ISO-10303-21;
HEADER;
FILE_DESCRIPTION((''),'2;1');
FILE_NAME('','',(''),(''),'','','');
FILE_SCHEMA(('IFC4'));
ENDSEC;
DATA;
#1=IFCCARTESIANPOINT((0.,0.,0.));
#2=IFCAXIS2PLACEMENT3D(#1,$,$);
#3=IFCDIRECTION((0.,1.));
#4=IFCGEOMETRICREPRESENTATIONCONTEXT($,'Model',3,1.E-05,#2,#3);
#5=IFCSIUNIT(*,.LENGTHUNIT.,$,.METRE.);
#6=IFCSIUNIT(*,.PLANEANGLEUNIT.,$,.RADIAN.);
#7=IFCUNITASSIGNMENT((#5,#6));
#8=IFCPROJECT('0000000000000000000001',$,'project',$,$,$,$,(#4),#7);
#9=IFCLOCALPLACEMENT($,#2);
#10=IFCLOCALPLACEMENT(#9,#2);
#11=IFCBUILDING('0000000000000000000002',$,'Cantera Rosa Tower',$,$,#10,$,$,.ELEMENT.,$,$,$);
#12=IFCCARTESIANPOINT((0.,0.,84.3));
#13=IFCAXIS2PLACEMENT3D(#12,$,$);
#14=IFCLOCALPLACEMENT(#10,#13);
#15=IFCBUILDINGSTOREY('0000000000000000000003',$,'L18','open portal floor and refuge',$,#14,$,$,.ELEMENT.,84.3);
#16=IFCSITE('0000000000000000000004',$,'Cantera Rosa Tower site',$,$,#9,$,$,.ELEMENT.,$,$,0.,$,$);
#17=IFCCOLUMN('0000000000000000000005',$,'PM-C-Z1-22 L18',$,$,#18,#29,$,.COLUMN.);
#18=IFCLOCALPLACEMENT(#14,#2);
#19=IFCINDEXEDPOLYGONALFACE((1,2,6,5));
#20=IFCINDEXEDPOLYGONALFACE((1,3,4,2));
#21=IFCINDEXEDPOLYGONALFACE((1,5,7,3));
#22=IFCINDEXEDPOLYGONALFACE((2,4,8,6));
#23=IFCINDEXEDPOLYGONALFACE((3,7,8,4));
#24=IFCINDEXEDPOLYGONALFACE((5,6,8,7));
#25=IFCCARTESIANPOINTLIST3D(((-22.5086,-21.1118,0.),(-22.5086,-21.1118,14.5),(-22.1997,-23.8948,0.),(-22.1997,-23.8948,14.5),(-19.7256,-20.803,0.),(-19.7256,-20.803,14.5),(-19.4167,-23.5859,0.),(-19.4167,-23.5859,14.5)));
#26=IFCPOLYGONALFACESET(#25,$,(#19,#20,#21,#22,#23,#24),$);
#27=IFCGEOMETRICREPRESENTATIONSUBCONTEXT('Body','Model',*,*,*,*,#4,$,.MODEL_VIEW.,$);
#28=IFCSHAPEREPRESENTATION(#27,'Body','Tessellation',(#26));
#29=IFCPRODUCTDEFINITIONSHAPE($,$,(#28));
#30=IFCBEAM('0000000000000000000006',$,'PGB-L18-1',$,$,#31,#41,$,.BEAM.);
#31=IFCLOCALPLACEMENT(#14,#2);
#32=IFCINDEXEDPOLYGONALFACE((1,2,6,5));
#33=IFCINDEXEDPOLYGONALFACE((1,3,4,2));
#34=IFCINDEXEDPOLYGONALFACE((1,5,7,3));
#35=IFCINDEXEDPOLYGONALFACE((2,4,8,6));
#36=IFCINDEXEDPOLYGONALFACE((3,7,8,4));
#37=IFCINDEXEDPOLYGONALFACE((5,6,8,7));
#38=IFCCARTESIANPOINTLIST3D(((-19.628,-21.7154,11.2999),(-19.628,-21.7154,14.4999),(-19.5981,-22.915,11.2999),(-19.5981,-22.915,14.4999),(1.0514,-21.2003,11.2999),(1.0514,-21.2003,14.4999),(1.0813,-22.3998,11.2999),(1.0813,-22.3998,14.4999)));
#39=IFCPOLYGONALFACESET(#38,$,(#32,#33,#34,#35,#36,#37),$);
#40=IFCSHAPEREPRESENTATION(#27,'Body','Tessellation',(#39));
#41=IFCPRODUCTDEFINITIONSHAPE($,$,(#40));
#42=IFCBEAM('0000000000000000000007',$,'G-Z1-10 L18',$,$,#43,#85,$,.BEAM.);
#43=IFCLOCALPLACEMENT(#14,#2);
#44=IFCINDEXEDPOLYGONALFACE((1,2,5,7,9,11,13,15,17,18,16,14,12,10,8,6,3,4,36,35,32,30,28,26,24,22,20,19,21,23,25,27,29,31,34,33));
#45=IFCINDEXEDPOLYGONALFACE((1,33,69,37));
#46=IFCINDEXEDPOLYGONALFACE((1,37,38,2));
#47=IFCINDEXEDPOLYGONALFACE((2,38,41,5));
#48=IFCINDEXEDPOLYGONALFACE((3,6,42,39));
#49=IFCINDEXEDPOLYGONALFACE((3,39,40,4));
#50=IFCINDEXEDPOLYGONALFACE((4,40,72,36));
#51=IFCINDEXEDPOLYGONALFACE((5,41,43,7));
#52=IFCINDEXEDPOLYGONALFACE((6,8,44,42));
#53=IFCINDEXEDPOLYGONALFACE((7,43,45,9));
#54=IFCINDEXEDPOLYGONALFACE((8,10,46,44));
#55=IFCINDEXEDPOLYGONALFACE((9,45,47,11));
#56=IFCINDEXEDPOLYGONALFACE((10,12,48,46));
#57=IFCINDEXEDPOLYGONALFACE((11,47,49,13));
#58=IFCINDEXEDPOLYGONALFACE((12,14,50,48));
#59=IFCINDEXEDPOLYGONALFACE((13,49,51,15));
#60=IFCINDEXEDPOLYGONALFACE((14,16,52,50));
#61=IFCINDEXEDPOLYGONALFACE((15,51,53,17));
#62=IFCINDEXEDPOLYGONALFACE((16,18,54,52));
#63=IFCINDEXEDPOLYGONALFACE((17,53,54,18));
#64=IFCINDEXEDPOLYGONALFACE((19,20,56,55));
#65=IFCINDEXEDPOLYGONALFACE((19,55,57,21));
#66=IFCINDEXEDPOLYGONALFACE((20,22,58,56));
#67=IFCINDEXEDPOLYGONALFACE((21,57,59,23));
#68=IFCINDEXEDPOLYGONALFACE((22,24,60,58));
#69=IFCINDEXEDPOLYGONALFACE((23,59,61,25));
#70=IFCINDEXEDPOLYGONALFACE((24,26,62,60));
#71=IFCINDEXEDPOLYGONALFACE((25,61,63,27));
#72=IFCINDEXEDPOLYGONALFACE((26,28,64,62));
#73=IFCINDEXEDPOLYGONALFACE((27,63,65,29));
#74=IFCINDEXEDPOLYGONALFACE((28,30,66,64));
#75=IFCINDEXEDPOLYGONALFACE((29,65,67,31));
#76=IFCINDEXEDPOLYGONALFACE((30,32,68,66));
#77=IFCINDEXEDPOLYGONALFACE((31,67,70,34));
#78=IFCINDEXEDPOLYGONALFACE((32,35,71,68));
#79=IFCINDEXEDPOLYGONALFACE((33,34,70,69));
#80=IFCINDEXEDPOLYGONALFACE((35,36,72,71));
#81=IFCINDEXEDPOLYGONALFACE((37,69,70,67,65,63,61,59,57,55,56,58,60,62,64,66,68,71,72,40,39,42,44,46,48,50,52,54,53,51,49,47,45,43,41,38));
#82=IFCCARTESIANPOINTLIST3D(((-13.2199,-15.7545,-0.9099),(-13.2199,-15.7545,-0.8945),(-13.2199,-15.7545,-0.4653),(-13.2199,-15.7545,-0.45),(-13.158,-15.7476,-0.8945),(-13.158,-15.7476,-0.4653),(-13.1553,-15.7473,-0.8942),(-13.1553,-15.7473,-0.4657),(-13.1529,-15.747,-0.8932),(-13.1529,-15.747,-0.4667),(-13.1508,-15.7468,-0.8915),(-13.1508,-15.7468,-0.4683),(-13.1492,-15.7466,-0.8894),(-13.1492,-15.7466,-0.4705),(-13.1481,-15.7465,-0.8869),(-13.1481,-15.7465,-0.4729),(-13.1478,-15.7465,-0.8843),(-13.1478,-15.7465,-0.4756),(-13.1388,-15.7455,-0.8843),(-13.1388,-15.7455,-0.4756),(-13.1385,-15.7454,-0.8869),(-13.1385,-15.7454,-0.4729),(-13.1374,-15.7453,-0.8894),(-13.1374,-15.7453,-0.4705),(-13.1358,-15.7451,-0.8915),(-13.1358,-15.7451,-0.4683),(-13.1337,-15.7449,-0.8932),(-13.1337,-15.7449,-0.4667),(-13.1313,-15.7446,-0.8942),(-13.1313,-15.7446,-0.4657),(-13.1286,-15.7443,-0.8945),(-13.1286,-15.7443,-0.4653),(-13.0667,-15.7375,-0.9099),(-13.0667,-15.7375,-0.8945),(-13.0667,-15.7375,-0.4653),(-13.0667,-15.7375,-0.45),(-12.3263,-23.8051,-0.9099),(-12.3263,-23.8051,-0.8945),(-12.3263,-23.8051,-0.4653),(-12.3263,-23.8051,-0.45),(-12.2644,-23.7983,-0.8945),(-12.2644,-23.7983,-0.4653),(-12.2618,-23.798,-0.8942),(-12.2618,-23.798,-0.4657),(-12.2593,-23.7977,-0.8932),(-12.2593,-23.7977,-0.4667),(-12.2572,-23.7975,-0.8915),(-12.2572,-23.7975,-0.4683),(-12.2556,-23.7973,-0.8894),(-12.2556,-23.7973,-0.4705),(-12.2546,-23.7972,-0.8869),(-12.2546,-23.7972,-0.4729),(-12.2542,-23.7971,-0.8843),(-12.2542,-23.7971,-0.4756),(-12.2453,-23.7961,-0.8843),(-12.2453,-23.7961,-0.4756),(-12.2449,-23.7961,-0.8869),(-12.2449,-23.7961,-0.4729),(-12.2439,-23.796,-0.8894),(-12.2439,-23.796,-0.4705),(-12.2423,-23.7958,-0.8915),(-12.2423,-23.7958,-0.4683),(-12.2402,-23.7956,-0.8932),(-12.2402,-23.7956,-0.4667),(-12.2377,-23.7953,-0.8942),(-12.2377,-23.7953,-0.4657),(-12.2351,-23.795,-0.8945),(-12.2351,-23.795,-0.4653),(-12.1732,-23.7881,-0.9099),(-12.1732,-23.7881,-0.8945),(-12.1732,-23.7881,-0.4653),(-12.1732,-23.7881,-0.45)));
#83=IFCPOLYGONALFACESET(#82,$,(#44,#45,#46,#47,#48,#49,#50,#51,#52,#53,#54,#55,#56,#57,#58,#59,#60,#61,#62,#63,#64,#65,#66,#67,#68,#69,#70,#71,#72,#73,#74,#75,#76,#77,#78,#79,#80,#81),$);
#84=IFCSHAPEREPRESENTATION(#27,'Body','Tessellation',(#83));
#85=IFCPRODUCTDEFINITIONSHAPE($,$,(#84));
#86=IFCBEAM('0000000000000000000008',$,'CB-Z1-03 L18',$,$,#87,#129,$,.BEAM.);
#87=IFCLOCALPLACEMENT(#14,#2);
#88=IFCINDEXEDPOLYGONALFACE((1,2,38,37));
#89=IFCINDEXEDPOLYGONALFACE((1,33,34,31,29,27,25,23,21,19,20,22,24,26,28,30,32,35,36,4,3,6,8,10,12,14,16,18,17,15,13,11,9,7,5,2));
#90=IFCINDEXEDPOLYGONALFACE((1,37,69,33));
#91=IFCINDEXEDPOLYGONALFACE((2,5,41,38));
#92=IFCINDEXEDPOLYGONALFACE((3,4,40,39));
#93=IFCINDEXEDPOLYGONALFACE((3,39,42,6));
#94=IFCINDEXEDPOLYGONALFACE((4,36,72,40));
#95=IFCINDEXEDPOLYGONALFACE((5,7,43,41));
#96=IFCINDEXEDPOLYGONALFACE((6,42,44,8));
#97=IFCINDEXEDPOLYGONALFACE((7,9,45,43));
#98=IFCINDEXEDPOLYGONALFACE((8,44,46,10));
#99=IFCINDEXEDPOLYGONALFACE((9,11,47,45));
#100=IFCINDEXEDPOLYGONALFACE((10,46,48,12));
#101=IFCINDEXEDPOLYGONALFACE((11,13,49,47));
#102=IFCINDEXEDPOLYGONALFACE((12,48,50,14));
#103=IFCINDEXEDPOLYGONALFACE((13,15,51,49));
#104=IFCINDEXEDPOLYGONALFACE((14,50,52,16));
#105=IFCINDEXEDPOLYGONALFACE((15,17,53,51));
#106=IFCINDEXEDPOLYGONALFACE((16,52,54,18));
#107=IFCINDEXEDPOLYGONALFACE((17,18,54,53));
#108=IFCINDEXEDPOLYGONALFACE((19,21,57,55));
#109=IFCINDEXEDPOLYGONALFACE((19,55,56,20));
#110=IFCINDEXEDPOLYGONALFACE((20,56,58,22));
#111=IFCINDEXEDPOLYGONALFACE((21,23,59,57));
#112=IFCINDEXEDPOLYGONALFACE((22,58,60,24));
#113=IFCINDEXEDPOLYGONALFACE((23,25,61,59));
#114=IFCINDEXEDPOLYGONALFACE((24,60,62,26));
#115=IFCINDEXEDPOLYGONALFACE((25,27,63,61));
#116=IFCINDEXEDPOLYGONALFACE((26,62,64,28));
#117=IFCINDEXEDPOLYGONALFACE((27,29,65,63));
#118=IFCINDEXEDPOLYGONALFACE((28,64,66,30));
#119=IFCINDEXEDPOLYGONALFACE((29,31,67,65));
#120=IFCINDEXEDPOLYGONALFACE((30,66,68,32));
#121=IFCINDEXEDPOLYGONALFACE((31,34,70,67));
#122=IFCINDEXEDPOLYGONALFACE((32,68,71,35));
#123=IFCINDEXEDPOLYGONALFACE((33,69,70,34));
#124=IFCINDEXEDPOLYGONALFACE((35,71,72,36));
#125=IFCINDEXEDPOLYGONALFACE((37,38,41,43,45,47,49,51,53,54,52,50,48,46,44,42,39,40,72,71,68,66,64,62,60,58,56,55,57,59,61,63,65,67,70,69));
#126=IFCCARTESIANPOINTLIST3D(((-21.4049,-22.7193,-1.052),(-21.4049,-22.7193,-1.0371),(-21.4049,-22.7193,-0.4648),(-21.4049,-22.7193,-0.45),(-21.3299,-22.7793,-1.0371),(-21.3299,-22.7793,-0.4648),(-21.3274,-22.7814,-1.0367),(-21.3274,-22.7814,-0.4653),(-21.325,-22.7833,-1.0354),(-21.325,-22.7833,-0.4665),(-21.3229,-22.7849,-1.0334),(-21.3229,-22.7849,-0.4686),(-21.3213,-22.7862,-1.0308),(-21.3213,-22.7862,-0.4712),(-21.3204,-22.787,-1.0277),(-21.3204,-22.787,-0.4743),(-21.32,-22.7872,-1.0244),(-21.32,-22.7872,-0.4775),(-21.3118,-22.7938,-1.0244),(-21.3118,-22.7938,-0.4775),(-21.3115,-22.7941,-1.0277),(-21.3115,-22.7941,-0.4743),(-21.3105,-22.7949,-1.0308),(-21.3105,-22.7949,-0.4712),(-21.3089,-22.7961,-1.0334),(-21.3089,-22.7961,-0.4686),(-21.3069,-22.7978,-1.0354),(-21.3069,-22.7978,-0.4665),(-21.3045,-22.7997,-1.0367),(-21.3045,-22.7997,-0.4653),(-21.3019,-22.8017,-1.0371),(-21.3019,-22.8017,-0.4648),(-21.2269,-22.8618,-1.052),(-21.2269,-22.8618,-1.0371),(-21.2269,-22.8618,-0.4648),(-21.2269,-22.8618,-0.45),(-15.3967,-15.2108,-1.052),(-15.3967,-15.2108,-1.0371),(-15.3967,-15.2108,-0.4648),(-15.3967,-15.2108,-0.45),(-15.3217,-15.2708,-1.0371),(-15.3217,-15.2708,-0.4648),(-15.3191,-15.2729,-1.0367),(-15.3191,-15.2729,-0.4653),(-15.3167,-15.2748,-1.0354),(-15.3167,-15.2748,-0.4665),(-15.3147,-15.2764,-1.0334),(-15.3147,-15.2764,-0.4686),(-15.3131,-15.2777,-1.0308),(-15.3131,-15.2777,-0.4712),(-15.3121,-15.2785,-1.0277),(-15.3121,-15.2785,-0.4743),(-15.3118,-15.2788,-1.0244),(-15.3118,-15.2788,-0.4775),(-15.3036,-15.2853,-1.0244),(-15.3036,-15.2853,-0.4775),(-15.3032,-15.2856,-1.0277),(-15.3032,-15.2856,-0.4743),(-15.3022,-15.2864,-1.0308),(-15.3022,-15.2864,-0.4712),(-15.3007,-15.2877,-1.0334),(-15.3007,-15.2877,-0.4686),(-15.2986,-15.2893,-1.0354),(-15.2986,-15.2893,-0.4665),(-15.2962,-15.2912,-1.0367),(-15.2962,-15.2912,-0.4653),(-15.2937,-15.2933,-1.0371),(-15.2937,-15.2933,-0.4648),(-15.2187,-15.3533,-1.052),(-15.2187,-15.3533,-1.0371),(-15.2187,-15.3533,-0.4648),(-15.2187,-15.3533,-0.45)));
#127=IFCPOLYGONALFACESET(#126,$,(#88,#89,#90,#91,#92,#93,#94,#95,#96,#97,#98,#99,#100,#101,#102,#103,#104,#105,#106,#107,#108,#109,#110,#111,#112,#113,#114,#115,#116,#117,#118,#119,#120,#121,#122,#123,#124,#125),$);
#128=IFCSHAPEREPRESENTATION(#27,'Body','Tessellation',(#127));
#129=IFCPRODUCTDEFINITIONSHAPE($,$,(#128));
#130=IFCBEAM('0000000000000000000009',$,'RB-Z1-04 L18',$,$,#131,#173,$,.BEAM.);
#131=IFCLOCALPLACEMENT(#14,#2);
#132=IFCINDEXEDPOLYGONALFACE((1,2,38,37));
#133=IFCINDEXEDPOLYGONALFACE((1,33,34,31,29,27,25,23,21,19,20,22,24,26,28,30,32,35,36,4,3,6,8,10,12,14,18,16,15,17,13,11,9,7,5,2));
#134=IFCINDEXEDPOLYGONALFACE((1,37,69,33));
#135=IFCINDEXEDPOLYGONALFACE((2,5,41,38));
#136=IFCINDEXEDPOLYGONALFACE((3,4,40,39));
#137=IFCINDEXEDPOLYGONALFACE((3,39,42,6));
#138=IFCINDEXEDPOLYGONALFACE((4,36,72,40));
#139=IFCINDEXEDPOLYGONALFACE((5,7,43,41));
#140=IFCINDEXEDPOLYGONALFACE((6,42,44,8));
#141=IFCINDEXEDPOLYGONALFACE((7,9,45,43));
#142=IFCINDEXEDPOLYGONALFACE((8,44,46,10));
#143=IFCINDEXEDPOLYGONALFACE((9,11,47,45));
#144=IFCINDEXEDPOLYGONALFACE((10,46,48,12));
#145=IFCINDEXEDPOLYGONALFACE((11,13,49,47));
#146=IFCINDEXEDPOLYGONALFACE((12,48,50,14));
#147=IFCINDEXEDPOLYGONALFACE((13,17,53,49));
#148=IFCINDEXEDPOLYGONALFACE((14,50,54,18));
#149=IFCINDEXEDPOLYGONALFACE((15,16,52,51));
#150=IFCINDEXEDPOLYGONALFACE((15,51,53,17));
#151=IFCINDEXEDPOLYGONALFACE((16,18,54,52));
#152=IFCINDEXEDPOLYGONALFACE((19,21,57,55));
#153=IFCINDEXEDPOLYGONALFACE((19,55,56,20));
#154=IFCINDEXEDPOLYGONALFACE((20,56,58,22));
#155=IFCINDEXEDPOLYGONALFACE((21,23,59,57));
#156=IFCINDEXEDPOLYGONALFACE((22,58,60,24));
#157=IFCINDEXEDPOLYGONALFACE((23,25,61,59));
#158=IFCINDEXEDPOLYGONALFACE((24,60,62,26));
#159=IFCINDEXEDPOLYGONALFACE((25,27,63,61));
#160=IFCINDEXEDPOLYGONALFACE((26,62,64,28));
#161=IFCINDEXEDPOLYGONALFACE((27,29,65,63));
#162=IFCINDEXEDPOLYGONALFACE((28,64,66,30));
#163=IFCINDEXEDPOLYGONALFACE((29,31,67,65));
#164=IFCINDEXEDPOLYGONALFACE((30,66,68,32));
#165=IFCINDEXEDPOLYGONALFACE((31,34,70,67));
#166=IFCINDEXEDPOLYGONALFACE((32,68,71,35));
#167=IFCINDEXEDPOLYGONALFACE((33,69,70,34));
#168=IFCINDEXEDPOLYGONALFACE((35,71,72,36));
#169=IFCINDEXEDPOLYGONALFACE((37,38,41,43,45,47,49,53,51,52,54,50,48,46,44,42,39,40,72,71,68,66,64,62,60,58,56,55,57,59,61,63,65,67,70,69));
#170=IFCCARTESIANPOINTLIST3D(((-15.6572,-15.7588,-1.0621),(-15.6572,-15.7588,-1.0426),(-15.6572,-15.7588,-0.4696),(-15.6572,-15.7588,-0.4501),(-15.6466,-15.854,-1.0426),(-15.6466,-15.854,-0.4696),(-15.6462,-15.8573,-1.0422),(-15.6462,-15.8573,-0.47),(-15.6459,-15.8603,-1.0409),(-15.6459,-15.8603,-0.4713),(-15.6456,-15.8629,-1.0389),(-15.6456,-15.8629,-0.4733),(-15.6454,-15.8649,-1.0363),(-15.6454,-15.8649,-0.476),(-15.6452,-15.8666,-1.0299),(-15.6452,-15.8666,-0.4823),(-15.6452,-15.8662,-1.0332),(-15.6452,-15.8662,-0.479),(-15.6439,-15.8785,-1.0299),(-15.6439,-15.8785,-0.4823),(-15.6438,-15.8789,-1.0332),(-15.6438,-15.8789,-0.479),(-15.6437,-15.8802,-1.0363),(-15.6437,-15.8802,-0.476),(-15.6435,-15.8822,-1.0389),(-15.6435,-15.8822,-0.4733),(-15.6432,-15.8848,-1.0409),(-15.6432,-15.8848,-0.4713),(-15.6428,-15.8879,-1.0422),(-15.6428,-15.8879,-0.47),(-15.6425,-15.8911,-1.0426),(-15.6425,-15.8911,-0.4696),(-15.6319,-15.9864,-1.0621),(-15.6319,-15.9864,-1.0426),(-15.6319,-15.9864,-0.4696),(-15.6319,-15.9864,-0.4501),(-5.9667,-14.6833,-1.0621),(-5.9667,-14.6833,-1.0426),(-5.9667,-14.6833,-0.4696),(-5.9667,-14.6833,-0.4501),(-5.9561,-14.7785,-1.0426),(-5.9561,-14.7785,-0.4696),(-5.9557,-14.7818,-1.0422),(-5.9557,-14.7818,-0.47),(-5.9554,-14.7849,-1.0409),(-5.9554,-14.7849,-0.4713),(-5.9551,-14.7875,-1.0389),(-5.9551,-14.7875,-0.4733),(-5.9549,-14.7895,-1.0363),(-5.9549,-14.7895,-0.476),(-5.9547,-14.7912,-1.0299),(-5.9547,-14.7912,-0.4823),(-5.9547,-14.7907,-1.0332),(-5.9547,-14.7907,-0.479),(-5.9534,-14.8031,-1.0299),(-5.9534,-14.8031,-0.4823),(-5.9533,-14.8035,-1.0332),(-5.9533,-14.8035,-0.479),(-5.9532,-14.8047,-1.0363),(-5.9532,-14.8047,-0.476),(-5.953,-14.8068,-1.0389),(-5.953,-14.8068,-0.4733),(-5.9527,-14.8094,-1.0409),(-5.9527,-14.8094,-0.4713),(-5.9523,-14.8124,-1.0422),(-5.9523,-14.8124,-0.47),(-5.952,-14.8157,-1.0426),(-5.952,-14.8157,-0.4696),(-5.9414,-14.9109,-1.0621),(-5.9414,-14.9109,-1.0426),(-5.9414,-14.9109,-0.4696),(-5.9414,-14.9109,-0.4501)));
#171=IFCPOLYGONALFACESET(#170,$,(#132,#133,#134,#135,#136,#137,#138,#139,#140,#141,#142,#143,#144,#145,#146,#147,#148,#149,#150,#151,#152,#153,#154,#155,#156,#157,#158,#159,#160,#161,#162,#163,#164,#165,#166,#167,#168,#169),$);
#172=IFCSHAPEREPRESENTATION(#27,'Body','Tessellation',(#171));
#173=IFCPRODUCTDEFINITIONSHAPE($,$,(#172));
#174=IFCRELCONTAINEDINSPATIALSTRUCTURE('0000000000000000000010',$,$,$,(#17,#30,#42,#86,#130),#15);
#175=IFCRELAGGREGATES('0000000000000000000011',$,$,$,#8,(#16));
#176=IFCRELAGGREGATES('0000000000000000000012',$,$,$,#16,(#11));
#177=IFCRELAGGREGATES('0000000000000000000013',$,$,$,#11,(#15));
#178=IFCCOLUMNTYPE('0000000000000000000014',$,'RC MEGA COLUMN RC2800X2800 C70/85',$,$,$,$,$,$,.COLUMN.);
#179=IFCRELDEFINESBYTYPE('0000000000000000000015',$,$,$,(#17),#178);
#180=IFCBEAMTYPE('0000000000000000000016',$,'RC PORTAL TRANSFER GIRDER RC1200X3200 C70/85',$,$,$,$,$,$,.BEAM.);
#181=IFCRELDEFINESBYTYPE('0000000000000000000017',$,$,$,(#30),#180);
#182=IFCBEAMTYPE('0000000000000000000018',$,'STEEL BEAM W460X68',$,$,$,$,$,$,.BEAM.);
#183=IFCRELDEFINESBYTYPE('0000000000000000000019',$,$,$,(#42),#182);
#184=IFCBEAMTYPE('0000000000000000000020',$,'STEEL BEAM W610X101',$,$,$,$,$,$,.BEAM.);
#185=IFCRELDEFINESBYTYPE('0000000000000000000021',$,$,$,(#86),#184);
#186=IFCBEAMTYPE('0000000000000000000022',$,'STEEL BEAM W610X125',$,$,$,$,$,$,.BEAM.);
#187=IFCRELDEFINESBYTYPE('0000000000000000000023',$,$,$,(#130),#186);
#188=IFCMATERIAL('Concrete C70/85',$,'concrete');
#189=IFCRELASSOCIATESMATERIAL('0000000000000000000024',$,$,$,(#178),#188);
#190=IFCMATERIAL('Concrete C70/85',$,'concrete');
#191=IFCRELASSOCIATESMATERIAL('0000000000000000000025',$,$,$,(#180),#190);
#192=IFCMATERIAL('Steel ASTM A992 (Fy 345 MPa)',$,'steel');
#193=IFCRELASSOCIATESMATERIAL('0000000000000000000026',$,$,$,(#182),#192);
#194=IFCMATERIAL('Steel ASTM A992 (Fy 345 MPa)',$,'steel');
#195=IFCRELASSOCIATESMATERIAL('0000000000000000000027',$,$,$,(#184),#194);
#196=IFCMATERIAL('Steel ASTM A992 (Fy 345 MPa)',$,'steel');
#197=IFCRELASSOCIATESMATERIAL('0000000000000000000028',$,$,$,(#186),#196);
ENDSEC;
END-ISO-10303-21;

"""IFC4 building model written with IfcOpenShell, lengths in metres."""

from ifc_helpers import new_model, si_unit, direction, frame, origin, origin_2d, place, context, subcontext, project, spatial, rectangle, i_section, extrude, material, material_profile, profile_set, type_object, element, save


model = new_model("IFC4")

# Units and contexts
model_context = context("Model", 3, precision=1e-05, world=origin(), true_north=direction((0.0, 1.0)))
body_context = subcontext(model_context, "Body", "Model", "MODEL_VIEW")
ifc_project = project(units=[si_unit("LENGTHUNIT", "METRE"), si_unit("PLANEANGLEUNIT", "RADIAN")], contexts=[model_context])

# Site, building, storey
site_placement = place(None, origin())
site = spatial("IfcSite", under=ifc_project, at=site_placement, Name="Cantera Rosa Tower site", CompositionType="ELEMENT", RefElevation=0.0)
building_placement = place(site_placement, origin())
building = spatial("IfcBuilding", under=site, at=building_placement, Name="Cantera Rosa Tower", CompositionType="ELEMENT")
storey_placement = place(building_placement, frame((0.0, 0.0, 84.3)))
storey = spatial("IfcBuildingStorey", under=building, at=storey_placement, Name="L18", Description="open portal floor and refuge", CompositionType="ELEMENT", Elevation=84.3)

# Column
ifc_material_1 = material(Name="Concrete C70/85", Category="concrete")
ifc_material_profile_1 = material_profile(ifc_material_1, rectangle(XDim=2.8, YDim=2.8, at=origin_2d()), Name="RC MEGA COLUMN RC2800X2800 C70/85")
ifc_profile_set_1 = profile_set([ifc_material_profile_1], Name="Concrete C70/85")
column_type = type_object("IfcColumnType", Name="RC MEGA COLUMN RC2800X2800 C70/85", PredefinedType="COLUMN", material=ifc_profile_set_1)
column_placement = place(storey_placement, frame((-20.9626, -22.3489, 0.0), z_axis=(0.0, 0.0, 1.0), x_axis=(0.993897, 0.110313, 0.0)))
element("IfcColumn", 1, at=column_placement, inside=storey, type_object=column_type, Name="PM-C-Z1-22 L18", PredefinedType="COLUMN", context=body_context, shape_type="SweptSolid", body=[
    extrude(rectangle(XDim=2.8, YDim=2.8, at=origin_2d()), origin(), (0.0, 0.0, 1.0), 14.5),
])

# Beams
ifc_material_2 = material(Name="Concrete C70/85", Category="concrete")
ifc_material_profile_2 = material_profile(ifc_material_2, rectangle(XDim=1.2, YDim=3.2, at=origin_2d()), Name="RC PORTAL TRANSFER GIRDER RC1200X3200 C70/85")
ifc_profile_set_2 = profile_set([ifc_material_profile_2], Name="Concrete C70/85")
beam_type_1 = type_object("IfcBeamType", Name="RC PORTAL TRANSFER GIRDER RC1200X3200 C70/85", PredefinedType="BEAM", material=ifc_profile_set_2)
beam_1_placement = place(storey_placement, frame((-19.613, -22.3152, 12.8999), z_axis=(0.99969, 0.024903, 0.0), x_axis=(-0.024903, 0.99969, 0.0)))
element("IfcBeam", 2, at=beam_1_placement, inside=storey, type_object=beam_type_1, Name="PGB-L18-1", PredefinedType="BEAM", context=body_context, shape_type="SweptSolid", body=[
    extrude(rectangle(XDim=1.2, YDim=3.2, at=origin_2d()), origin(), (0.0, 0.0, 1.0), 20.6858),
])
ifc_material_3 = material(Name="Steel ASTM A992 (Fy 345 MPa)", Category="steel")
ifc_material_profile_3 = material_profile(ifc_material_3, i_section(OverallWidth=0.1541, OverallDepth=0.46, WebThickness=0.009, FlangeThickness=0.0154, FilletRadius=0.0103, at=origin_2d()), Name="W460X68")
ifc_profile_set_3 = profile_set([ifc_material_profile_3], Name="Steel ASTM A992 (Fy 345 MPa)")
beam_type_2 = type_object("IfcBeamType", Name="STEEL BEAM W460X68", PredefinedType="BEAM", material=ifc_profile_set_3)
beam_2_placement = place(storey_placement, frame((-12.2498, -23.7966, -0.6799), z_axis=(-0.110312, 0.993897, 0.0), x_axis=(-0.993897, -0.110312, 0.0)))
element("IfcBeam", 3, at=beam_2_placement, inside=storey, type_object=beam_type_2, Name="G-Z1-10 L18", PredefinedType="BEAM", context=body_context, shape_type="SweptSolid", body=[
    extrude(i_section(OverallWidth=0.1541, OverallDepth=0.46, WebThickness=0.009, FlangeThickness=0.0154, FilletRadius=0.0103, at=origin_2d()), origin(), (0.0, 0.0, 1.0), 8.1001),
])
ifc_material_4 = material(Name="Steel ASTM A992 (Fy 345 MPa)", Category="steel")
ifc_material_profile_4 = material_profile(ifc_material_4, i_section(OverallWidth=0.228, OverallDepth=0.6021, WebThickness=0.0105, FlangeThickness=0.0149, FilletRadius=0.0127, at=origin_2d()), Name="W610X101")
ifc_profile_set_4 = profile_set([ifc_material_profile_4], Name="Steel ASTM A992 (Fy 345 MPa)")
beam_type_3 = type_object("IfcBeamType", Name="STEEL BEAM W610X101", PredefinedType="BEAM", material=ifc_profile_set_4)
beam_3_placement = place(storey_placement, frame((-21.3159, -22.7905, -0.751), z_axis=(0.624788, 0.780794, 0.0), x_axis=(-0.780794, 0.624788, 0.0)))
element("IfcBeam", 4, at=beam_3_placement, inside=storey, type_object=beam_type_3, Name="CB-Z1-03 L18", PredefinedType="BEAM", context=body_context, shape_type="SweptSolid", body=[
    extrude(i_section(OverallWidth=0.228, OverallDepth=0.6021, WebThickness=0.0105, FlangeThickness=0.0149, FilletRadius=0.0127, at=origin_2d()), origin(), (0.0, 0.0, 1.0), 9.6165),
])
ifc_material_5 = material(Name="Steel ASTM A992 (Fy 345 MPa)", Category="steel")
ifc_material_profile_5 = material_profile(ifc_material_5, i_section(OverallWidth=0.229, OverallDepth=0.6121, WebThickness=0.012, FlangeThickness=0.0195, FilletRadius=0.0127, at=origin_2d()), Name="W610X125")
ifc_profile_set_5 = profile_set([ifc_material_profile_5], Name="Steel ASTM A992 (Fy 345 MPa)")
beam_type_4 = type_object("IfcBeamType", Name="STEEL BEAM W610X125", PredefinedType="BEAM", material=ifc_profile_set_5)
beam_4_placement = place(storey_placement, frame((-15.6445, -15.8726, -0.7561), z_axis=(0.993898, 0.110302, 0.0), x_axis=(-0.110302, 0.993898, 0.0)))
element("IfcBeam", 5, at=beam_4_placement, inside=storey, type_object=beam_type_4, Name="RB-Z1-04 L18", PredefinedType="BEAM", context=body_context, shape_type="SweptSolid", body=[
    extrude(i_section(OverallWidth=0.229, OverallDepth=0.6121, WebThickness=0.012, FlangeThickness=0.0195, FilletRadius=0.0127, at=origin_2d()), origin(), (0.0, 0.0, 1.0), 9.75),
])

save(model, "model.ifc")
